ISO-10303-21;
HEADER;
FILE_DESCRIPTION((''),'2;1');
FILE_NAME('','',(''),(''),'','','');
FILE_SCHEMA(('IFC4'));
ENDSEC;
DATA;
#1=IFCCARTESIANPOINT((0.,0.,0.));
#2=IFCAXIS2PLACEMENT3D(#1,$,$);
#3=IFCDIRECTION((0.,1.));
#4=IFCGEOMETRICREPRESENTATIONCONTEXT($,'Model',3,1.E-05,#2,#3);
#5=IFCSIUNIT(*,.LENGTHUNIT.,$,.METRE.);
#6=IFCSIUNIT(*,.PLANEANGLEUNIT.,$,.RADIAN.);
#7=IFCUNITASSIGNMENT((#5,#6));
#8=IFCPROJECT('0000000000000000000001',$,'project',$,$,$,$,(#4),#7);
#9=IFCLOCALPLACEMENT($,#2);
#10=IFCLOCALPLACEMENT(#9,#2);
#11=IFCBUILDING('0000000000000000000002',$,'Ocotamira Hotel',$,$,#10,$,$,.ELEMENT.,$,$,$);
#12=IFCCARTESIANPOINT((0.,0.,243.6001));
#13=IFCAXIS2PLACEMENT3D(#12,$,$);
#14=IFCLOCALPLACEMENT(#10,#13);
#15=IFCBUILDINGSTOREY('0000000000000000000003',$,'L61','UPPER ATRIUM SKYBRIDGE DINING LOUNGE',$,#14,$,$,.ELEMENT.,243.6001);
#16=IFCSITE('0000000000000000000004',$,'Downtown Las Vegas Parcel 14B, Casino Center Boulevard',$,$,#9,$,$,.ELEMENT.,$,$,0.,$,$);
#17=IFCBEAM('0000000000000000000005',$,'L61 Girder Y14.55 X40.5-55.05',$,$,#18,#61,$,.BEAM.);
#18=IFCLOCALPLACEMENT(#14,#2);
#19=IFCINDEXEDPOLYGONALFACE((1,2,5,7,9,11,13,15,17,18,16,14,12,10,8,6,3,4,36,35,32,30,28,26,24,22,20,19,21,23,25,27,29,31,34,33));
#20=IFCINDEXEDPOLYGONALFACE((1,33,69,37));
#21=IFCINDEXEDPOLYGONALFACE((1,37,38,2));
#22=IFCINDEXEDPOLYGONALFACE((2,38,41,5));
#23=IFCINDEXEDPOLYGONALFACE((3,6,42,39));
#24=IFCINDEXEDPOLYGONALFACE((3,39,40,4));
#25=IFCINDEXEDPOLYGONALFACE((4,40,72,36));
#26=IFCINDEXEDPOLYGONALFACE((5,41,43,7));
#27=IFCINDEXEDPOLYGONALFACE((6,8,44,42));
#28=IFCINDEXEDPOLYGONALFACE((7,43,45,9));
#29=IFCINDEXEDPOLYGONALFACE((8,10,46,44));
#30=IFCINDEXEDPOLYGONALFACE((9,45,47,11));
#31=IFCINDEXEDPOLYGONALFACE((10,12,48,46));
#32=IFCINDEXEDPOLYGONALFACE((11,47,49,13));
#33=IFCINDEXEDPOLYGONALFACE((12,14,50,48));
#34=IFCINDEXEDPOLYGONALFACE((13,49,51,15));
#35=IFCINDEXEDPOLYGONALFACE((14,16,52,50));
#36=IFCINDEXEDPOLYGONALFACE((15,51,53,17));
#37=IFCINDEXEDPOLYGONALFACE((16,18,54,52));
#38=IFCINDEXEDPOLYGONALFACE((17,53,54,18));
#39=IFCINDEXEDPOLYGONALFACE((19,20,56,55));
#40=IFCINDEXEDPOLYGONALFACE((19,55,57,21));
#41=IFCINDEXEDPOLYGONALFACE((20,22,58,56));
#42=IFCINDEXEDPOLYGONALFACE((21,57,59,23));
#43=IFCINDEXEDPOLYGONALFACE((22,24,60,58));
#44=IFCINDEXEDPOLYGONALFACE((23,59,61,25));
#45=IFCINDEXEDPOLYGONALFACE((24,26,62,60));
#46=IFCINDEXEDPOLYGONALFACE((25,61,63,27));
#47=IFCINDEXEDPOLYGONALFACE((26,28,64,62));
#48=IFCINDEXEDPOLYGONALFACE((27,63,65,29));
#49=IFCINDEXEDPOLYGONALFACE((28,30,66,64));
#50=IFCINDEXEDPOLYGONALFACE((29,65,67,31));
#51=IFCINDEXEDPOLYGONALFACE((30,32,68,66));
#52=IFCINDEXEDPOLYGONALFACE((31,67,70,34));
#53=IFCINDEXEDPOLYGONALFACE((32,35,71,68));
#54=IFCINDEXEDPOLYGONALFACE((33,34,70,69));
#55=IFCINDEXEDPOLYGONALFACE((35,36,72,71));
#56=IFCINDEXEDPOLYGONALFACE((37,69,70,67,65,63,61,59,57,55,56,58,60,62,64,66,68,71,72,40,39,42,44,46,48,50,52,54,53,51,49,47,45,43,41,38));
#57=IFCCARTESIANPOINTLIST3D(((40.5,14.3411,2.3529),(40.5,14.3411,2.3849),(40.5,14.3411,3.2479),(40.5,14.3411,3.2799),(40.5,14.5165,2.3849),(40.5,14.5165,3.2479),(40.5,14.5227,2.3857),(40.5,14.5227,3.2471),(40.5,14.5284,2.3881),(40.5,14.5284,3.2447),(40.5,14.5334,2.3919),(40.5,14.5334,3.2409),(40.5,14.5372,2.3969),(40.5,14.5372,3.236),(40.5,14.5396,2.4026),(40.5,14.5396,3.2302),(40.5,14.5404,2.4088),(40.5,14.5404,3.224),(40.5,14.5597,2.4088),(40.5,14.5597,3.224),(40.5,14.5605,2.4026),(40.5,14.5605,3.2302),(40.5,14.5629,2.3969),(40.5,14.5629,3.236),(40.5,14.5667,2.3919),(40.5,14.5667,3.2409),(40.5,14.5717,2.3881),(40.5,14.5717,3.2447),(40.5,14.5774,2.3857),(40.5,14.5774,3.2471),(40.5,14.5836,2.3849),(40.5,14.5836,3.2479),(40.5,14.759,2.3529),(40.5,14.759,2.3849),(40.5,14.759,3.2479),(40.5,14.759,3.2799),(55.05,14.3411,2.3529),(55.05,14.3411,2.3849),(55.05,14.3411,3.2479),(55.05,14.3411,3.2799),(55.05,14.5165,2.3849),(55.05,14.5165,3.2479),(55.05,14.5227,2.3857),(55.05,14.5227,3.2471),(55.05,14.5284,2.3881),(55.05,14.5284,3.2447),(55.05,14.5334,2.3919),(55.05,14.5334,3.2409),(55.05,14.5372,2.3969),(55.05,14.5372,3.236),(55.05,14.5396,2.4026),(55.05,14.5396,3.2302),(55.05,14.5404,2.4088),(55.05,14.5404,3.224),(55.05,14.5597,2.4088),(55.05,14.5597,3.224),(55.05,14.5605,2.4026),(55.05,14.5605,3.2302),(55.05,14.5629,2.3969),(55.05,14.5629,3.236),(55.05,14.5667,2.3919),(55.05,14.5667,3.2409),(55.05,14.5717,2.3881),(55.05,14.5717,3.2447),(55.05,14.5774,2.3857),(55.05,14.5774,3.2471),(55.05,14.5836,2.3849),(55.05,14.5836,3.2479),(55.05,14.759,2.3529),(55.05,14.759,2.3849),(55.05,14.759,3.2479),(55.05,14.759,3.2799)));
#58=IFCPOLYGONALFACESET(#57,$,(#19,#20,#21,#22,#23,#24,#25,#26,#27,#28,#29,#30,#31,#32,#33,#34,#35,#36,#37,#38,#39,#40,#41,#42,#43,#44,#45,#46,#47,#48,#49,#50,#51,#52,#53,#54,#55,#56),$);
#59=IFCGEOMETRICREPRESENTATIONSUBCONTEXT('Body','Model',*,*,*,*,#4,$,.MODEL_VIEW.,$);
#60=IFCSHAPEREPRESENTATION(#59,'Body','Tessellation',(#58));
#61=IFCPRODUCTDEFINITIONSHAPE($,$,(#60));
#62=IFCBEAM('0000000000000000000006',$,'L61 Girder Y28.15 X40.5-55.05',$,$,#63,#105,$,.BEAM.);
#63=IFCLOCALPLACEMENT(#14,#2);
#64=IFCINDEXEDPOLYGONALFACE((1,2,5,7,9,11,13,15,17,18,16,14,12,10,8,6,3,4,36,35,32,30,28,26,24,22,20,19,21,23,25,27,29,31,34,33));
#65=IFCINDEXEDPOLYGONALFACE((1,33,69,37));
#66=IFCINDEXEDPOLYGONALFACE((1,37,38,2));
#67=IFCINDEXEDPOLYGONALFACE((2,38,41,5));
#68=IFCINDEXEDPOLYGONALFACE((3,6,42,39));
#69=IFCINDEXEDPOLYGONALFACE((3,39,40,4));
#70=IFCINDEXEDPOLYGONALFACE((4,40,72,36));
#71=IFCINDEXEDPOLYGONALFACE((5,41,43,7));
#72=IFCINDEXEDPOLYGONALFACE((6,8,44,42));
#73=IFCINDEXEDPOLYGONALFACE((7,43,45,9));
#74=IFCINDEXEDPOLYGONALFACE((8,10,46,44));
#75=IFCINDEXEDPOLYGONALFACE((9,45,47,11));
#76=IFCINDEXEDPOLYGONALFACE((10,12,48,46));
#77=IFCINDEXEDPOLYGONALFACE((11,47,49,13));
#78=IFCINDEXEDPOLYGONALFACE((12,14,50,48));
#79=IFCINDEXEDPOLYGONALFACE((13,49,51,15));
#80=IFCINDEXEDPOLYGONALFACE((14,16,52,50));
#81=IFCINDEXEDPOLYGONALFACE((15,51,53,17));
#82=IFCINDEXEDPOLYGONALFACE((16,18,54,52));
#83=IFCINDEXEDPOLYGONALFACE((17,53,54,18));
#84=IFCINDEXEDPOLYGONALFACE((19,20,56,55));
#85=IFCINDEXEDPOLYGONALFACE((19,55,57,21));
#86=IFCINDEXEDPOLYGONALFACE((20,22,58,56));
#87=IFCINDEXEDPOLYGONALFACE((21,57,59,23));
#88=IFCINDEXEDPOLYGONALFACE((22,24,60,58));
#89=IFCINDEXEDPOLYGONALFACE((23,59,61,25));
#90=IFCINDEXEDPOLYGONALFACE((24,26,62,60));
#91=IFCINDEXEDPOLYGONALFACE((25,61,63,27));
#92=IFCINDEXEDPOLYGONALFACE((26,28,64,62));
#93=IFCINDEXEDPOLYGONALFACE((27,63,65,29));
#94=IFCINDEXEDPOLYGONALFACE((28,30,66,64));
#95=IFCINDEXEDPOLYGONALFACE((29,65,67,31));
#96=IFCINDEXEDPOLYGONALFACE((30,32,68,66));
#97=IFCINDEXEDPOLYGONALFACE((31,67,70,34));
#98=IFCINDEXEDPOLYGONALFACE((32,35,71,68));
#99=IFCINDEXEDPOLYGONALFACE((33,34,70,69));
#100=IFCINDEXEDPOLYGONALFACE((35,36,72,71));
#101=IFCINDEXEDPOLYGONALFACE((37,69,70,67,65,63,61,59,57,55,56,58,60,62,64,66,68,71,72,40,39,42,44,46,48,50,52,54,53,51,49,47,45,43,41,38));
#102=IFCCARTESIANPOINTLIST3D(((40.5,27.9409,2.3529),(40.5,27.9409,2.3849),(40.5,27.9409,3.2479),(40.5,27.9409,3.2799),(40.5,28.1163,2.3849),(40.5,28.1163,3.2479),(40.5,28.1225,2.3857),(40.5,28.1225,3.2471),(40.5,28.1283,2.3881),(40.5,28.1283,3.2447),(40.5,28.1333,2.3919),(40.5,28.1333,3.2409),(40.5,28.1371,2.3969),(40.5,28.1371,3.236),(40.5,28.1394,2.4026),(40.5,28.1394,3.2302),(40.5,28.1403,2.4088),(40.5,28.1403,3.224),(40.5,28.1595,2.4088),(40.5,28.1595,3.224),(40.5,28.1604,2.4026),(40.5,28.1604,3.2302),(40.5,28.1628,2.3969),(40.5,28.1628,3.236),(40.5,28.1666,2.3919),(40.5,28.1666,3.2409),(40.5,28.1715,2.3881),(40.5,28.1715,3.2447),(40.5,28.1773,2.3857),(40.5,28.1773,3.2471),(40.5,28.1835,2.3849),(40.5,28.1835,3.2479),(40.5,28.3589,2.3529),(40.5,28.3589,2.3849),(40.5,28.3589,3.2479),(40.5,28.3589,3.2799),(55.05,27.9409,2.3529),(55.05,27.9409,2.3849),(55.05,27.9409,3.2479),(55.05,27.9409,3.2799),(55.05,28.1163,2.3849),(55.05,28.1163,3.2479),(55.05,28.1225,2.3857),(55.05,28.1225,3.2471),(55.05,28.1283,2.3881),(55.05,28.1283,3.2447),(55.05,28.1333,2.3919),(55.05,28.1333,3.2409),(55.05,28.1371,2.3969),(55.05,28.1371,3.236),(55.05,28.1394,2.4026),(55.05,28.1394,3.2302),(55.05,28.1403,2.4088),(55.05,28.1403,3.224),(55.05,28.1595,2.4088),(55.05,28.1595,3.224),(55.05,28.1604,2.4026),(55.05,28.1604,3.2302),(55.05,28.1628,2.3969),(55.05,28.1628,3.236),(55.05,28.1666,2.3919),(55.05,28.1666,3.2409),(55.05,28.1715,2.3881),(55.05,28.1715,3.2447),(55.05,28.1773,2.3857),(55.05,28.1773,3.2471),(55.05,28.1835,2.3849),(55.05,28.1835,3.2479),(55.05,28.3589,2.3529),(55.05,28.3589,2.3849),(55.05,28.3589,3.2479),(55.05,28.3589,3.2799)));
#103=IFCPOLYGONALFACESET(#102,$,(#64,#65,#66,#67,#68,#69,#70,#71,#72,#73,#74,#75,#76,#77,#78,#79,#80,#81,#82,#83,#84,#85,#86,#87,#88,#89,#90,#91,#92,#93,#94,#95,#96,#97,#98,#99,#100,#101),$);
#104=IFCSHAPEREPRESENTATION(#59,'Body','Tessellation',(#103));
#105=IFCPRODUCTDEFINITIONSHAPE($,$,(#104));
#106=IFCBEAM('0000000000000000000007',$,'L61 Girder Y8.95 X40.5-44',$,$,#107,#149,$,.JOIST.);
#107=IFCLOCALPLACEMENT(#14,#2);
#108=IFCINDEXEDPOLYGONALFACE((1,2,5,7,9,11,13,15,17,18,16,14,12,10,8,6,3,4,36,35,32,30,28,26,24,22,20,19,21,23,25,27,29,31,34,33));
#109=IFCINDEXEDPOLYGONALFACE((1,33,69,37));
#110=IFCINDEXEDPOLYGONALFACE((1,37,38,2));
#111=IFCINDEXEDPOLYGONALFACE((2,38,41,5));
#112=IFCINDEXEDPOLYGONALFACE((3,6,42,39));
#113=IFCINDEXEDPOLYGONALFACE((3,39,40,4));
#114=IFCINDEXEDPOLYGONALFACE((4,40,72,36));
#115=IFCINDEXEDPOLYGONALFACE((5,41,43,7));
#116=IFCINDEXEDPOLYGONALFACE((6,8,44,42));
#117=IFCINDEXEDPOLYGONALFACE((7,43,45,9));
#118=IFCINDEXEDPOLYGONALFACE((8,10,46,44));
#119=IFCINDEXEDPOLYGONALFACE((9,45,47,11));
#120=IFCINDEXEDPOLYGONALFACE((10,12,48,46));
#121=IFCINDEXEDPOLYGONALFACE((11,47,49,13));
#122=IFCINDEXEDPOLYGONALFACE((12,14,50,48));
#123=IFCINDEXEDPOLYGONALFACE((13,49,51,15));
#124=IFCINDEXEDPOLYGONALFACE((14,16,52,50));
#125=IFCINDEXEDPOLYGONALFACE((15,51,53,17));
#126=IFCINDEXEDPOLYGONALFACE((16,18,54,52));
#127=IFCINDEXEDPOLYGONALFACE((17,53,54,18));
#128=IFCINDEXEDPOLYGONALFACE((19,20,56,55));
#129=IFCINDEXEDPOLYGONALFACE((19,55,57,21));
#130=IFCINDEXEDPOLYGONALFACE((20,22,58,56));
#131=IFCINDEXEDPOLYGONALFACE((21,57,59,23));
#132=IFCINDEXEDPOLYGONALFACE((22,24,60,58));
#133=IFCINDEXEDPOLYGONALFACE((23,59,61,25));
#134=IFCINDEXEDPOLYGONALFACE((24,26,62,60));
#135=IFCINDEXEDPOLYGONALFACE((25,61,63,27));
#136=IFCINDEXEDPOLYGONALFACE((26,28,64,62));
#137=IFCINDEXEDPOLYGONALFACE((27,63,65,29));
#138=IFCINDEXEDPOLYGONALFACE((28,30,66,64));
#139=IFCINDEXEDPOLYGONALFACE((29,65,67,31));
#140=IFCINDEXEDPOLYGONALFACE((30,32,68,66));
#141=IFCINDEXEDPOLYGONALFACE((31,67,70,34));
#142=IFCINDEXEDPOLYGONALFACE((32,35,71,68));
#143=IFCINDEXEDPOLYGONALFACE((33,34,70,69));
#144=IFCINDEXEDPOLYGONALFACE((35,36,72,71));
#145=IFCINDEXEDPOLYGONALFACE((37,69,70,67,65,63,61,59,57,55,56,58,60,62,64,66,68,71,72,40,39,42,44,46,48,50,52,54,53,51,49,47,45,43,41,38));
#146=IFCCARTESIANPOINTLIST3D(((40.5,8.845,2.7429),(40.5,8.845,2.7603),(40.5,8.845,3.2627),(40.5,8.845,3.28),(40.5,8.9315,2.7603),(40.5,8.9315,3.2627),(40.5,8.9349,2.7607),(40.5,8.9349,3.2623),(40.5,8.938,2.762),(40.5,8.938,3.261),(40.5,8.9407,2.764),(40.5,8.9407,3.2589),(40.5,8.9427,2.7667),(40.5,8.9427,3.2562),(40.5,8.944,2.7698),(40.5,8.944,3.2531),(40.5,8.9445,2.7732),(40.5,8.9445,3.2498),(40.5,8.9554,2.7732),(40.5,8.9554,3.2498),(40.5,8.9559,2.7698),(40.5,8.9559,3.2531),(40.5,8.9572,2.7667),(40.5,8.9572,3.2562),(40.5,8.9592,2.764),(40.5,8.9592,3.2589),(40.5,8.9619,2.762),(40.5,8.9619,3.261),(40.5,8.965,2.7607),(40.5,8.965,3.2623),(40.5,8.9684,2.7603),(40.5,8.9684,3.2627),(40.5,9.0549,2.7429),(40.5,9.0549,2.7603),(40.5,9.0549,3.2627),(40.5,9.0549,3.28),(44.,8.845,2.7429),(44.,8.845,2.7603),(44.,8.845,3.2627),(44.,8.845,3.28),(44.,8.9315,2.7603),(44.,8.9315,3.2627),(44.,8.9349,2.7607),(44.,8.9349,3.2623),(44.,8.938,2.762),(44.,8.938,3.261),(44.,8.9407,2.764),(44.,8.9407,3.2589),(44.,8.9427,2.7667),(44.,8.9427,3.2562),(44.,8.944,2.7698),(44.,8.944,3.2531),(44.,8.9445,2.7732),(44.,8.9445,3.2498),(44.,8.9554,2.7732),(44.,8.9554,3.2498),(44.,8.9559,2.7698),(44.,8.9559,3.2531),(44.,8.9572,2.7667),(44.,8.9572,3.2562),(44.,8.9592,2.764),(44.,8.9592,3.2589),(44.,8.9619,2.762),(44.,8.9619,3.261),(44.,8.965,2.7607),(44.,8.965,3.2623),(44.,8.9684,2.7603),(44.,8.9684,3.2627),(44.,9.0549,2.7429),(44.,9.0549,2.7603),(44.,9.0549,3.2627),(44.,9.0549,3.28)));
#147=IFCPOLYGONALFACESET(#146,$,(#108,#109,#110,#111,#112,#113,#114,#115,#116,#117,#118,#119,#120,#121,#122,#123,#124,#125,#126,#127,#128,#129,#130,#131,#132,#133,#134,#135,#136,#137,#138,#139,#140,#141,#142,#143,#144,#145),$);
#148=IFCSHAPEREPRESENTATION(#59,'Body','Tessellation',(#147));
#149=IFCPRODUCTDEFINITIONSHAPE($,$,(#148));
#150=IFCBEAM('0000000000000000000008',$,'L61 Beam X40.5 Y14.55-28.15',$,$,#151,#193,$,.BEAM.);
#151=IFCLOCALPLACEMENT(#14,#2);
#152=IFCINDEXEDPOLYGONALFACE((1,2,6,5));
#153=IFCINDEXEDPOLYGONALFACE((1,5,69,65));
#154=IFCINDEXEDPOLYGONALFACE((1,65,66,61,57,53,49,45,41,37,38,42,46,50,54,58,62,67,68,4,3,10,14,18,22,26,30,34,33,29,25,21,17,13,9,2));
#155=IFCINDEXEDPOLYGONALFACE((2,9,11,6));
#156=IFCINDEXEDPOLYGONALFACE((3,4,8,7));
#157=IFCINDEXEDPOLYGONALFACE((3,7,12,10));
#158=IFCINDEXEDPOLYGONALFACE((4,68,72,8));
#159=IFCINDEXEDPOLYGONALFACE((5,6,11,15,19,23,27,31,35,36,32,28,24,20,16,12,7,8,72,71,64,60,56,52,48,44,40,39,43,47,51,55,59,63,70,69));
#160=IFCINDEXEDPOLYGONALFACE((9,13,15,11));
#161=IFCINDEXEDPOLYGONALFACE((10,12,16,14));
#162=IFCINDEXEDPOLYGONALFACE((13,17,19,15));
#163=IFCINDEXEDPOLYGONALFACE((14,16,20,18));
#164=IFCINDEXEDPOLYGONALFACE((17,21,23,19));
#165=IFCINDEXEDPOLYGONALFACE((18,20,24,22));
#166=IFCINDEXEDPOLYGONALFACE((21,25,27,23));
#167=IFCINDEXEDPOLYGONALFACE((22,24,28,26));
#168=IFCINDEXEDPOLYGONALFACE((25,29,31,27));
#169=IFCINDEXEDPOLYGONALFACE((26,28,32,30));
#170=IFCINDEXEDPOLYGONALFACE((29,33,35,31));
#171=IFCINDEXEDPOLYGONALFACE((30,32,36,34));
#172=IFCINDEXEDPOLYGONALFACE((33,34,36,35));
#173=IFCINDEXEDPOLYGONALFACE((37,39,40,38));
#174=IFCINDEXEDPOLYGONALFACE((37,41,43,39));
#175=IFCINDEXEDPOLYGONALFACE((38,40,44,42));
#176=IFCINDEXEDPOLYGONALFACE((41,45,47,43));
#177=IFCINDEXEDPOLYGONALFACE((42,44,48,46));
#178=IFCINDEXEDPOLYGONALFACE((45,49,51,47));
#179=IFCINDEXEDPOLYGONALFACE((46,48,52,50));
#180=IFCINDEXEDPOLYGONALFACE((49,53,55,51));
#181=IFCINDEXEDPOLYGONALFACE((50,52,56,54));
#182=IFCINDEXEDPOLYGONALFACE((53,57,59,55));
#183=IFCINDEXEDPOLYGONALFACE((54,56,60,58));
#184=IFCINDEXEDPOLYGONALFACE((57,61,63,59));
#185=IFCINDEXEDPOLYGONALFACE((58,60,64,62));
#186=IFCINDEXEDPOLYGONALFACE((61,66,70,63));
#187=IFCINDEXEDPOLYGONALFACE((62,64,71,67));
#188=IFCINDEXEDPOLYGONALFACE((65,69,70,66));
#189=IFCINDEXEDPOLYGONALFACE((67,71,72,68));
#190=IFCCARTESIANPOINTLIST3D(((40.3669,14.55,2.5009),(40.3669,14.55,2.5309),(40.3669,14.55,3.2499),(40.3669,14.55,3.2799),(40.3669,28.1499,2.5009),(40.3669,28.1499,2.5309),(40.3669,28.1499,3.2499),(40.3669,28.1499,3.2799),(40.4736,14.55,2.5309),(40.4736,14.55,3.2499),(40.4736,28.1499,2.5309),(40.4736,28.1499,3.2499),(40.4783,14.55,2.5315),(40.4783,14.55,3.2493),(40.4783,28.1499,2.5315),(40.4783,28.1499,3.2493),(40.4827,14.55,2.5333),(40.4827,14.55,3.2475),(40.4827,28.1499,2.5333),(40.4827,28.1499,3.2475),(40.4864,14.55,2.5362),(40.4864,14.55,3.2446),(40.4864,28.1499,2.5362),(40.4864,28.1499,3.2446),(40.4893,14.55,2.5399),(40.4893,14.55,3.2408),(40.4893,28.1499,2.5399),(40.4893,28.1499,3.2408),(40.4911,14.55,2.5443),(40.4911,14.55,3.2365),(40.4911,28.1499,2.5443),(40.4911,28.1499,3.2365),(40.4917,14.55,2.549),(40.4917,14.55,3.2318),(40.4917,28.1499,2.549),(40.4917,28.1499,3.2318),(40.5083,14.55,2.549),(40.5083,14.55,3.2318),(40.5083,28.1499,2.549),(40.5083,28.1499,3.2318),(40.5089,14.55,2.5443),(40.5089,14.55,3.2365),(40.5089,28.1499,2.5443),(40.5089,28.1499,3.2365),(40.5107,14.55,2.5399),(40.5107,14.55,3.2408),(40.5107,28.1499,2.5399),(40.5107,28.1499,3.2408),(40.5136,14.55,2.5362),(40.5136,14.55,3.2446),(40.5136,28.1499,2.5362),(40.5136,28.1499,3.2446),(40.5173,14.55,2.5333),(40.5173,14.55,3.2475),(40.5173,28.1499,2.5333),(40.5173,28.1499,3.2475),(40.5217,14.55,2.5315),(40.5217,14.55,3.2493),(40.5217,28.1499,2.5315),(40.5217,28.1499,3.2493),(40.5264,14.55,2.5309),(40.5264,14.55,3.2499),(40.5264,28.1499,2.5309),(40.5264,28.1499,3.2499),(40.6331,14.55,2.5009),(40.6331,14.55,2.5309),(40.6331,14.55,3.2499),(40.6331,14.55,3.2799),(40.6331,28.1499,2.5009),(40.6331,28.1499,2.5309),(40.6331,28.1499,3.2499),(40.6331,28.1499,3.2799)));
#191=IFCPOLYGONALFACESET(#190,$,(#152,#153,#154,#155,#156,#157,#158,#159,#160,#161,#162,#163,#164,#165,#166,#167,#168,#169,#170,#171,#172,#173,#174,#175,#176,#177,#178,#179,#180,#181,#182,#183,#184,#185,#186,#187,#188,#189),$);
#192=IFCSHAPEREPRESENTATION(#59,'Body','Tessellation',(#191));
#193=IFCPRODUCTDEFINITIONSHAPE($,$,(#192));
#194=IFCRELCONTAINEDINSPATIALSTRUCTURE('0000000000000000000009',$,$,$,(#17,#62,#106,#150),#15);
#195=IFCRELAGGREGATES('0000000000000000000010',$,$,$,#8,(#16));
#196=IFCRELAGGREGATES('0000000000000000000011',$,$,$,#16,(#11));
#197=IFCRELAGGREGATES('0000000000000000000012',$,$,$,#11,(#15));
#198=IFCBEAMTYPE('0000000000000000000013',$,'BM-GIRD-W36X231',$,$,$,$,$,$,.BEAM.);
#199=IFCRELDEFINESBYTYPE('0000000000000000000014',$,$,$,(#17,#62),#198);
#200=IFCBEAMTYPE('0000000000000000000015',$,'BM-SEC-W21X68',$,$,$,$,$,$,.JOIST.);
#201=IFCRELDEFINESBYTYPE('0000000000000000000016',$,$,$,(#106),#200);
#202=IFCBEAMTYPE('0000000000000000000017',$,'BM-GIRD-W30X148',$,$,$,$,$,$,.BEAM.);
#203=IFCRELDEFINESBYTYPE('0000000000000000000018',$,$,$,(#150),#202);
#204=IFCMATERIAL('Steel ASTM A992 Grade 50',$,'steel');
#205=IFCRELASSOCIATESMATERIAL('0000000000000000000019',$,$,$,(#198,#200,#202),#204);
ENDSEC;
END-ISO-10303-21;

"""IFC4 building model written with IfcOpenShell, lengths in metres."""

from ifc_helpers import new_model, si_unit, direction, frame, origin, origin_2d, place, context, subcontext, project, spatial, i_section, extrude, source, transform, mapped, material, material_profile, profile_set, type_object, element, save


model = new_model("IFC4")

# Units and contexts
model_context = context("Model", 3, precision=1e-05, world=origin(), true_north=direction((0.0, 1.0)))
body_context = subcontext(model_context, "Body", "Model", "MODEL_VIEW")
ifc_project = project(units=[si_unit("LENGTHUNIT", "METRE"), si_unit("PLANEANGLEUNIT", "RADIAN")], contexts=[model_context])

# Site, building, storey
site_placement = place(None, origin())
site = spatial("IfcSite", under=ifc_project, at=site_placement, Name="Downtown Las Vegas Parcel 14B, Casino Center Boulevard", CompositionType="ELEMENT", RefElevation=0.0)
building_placement = place(site_placement, origin())
building = spatial("IfcBuilding", under=site, at=building_placement, Name="Ocotamira Hotel", CompositionType="ELEMENT")
storey_placement = place(building_placement, frame((0.0, 0.0, 243.6001)))
storey = spatial("IfcBuildingStorey", under=building, at=storey_placement, Name="L61", Description="UPPER ATRIUM SKYBRIDGE DINING LOUNGE", CompositionType="ELEMENT", Elevation=243.6001)

# Shared definitions
ifc_material_1 = material(Name="Steel ASTM A992 Grade 50", Category="steel")

# Beams
ifc_material_profile_1 = material_profile(ifc_material_1, i_section(OverallWidth=0.418, OverallDepth=0.927, WebThickness=0.0193, FlangeThickness=0.032, FilletRadius=0.0239, at=origin_2d()), Name="W36X231")
ifc_profile_set_1 = profile_set([ifc_material_profile_1], Name="Steel ASTM A992 Grade 50")
beam_type_1 = type_object("IfcBeamType", Name="BM-GIRD-W36X231", PredefinedType="BEAM", material=ifc_profile_set_1)
shared_shape_1 = source(origin(), body_context, "Body", "SweptSolid", [
    extrude(i_section(OverallWidth=0.418, OverallDepth=0.927, WebThickness=0.0193, FlangeThickness=0.032, FilletRadius=0.0239, at=origin_2d()), origin(), (0.0, 0.0, 1.0), 14.55),
])
for number, where, z_axis, x_axis, name in (
    (1, (40.5, 14.55, 2.8164), (1.0, 0.0, 0.0), (0.0, 1.0, 0.0), "L61 Girder Y14.55 X40.5-55.05"),
    (2, (40.5, 28.1499, 2.8164), (1.0, 0.0, 0.0), (0.0, 1.0, 0.0), "L61 Girder Y28.15 X40.5-55.05"),
):
    element("IfcBeam", number, at=place(storey_placement, frame(where, z_axis=z_axis, x_axis=x_axis)), inside=storey, type_object=beam_type_1, Name=name, PredefinedType="BEAM", context=body_context, shape_type="MappedRepresentation", body=[
        mapped(shared_shape_1, transform((0.0, 0.0, 0.0), scale=1.0)),
    ])
ifc_material_profile_2 = material_profile(ifc_material_1, i_section(OverallWidth=0.21, OverallDepth=0.5371, WebThickness=0.011, FlangeThickness=0.0173, FilletRadius=0.0129, at=origin_2d()), Name="W21X68")
ifc_profile_set_2 = profile_set([ifc_material_profile_2], Name="Steel ASTM A992 Grade 50")
beam_type_2 = type_object("IfcBeamType", Name="BM-SEC-W21X68", PredefinedType="JOIST", material=ifc_profile_set_2)
shared_shape_2 = source(origin(), body_context, "Body", "SweptSolid", [
    extrude(i_section(OverallWidth=0.21, OverallDepth=0.5371, WebThickness=0.011, FlangeThickness=0.0173, FilletRadius=0.0129, at=origin_2d()), origin(), (0.0, 0.0, 1.0), 3.5),
])
beam_1_placement = place(storey_placement, frame((40.5, 8.95, 3.0115), z_axis=(1.0, 0.0, 0.0), x_axis=(0.0, 1.0, 0.0)))
element("IfcBeam", 3, at=beam_1_placement, inside=storey, type_object=beam_type_2, Name="L61 Girder Y8.95 X40.5-44", PredefinedType="JOIST", context=body_context, shape_type="MappedRepresentation", body=[
    mapped(shared_shape_2, transform((0.0, 0.0, 0.0), scale=1.0)),
])
ifc_material_profile_3 = material_profile(ifc_material_1, i_section(OverallWidth=0.2661, OverallDepth=0.7791, WebThickness=0.0166, FlangeThickness=0.03, FilletRadius=0.0181, at=origin_2d()), Name="W30X148")
ifc_profile_set_3 = profile_set([ifc_material_profile_3], Name="Steel ASTM A992 Grade 50")
beam_type_3 = type_object("IfcBeamType", Name="BM-GIRD-W30X148", PredefinedType="BEAM", material=ifc_profile_set_3)
shared_shape_3 = source(origin(), body_context, "Body", "SweptSolid", [
    extrude(i_section(OverallWidth=0.2661, OverallDepth=0.7791, WebThickness=0.0166, FlangeThickness=0.03, FilletRadius=0.0181, at=origin_2d()), origin(), (0.0, 0.0, 1.0), 13.5999),
])
beam_2_placement = place(storey_placement, frame((40.5, 14.55, 2.8904), z_axis=(0.0, 1.0, 0.0), x_axis=(-1.0, 0.0, 0.0)))
element("IfcBeam", 4, at=beam_2_placement, inside=storey, type_object=beam_type_3, Name="L61 Beam X40.5 Y14.55-28.15", PredefinedType="BEAM", context=body_context, shape_type="MappedRepresentation", body=[
    mapped(shared_shape_3, transform((0.0, 0.0, 0.0), scale=1.0)),
])

save(model, "model.ifc")
